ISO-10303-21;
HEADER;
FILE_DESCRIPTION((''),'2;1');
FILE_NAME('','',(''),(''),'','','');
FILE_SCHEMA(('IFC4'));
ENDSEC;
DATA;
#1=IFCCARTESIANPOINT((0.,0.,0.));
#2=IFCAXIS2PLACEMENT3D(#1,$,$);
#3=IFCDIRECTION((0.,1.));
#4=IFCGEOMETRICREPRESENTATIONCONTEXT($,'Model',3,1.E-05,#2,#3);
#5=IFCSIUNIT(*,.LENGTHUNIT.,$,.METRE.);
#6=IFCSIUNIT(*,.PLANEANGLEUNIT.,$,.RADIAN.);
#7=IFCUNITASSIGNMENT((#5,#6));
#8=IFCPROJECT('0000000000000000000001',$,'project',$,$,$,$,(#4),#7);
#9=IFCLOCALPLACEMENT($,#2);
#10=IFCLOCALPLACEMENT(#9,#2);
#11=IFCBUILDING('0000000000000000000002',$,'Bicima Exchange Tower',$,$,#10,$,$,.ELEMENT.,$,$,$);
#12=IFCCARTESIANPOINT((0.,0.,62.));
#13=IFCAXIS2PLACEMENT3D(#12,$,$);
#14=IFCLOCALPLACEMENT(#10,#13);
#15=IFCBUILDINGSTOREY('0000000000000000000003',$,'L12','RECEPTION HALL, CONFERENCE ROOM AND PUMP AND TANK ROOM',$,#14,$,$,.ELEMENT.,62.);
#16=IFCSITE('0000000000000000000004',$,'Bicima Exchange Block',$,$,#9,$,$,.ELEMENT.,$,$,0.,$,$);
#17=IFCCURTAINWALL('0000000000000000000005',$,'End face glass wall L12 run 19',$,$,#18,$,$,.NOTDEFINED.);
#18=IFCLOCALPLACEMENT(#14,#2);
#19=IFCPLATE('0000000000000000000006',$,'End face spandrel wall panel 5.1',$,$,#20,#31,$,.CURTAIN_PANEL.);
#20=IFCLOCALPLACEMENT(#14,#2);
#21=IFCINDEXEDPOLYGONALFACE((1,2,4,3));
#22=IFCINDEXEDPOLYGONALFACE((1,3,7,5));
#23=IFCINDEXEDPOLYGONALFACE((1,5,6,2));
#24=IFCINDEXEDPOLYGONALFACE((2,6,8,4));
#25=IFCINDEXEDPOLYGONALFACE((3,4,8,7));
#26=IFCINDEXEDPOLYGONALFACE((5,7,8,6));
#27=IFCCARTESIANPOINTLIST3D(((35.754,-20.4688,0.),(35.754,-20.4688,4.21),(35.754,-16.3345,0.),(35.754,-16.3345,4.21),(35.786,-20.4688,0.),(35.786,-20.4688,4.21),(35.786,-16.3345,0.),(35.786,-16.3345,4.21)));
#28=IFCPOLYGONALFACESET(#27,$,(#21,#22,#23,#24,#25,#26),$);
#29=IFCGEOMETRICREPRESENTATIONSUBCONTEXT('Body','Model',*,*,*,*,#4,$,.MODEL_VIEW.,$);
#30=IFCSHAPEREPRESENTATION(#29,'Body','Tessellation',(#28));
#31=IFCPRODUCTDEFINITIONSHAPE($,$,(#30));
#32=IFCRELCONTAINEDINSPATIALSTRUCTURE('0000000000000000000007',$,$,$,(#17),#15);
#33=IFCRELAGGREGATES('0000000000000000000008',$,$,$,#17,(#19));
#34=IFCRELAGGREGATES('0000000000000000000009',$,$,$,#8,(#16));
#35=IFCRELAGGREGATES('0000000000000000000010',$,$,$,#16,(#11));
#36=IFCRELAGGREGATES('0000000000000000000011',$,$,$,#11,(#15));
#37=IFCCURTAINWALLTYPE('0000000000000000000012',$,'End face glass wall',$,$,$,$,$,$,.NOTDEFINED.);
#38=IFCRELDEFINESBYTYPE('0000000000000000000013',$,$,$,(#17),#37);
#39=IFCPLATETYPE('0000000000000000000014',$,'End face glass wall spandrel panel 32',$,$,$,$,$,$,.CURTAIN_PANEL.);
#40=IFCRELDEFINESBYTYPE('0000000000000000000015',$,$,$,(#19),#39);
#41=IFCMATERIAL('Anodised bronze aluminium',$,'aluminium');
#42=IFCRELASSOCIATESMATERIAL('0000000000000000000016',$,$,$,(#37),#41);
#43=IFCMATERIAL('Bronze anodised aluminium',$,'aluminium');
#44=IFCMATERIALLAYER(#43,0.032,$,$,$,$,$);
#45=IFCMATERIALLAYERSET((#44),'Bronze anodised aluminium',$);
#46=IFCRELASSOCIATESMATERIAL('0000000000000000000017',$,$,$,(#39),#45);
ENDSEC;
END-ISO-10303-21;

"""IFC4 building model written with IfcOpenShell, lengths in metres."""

from ifc_helpers import new_model, si_unit, direction, frame, origin, origin_2d, place, context, subcontext, project, spatial, rectangle, extrude, material, layer, layer_set, type_object, element, aggregate, save


model = new_model("IFC4")

# Units and contexts
model_context = context("Model", 3, precision=1e-05, world=origin(), true_north=direction((0.0, 1.0)))
body_context = subcontext(model_context, "Body", "Model", "MODEL_VIEW")
ifc_project = project(units=[si_unit("LENGTHUNIT", "METRE"), si_unit("PLANEANGLEUNIT", "RADIAN")], contexts=[model_context])

# Site, building, storey
site_placement = place(None, origin())
site = spatial("IfcSite", under=ifc_project, at=site_placement, Name="Bicima Exchange Block", CompositionType="ELEMENT", RefElevation=0.0)
building_placement = place(site_placement, origin())
building = spatial("IfcBuilding", under=site, at=building_placement, Name="Bicima Exchange Tower", CompositionType="ELEMENT")
storey_placement = place(building_placement, frame((0.0, 0.0, 62.0)))
storey = spatial("IfcBuildingStorey", under=building, at=storey_placement, Name="L12", Description="RECEPTION HALL, CONFERENCE ROOM AND PUMP AND TANK ROOM", CompositionType="ELEMENT", Elevation=62.0)

# Curtain wall
ifc_material_1 = material(Name="Anodised bronze aluminium", Category="aluminium")
curtain_wall_type = type_object("IfcCurtainWallType", Name="End face glass wall", PredefinedType="NOTDEFINED", material=ifc_material_1)
curtain_wall_placement = place(storey_placement, origin())
curtain_wall = element("IfcCurtainWall", 1, at=curtain_wall_placement, inside=storey, type_object=curtain_wall_type, Name="End face glass wall L12 run 19", PredefinedType="NOTDEFINED")

# Plate
ifc_material_2 = material(Name="Bronze anodised aluminium", Category="aluminium")
ifc_layer_1 = layer(ifc_material_2, 0.032)
ifc_layer_set_1 = layer_set([ifc_layer_1], Name="Bronze anodised aluminium")
plate_type_1 = type_object("IfcPlateType", Name="End face glass wall spandrel panel 32", PredefinedType="CURTAIN_PANEL", material=ifc_layer_set_1)
plate_1_placement = place(storey_placement, frame((35.77, -18.4016, 0.0), z_axis=(0.0, 0.0, 1.0), x_axis=(0.0, 1.0, 0.0)))
plate_1 = element("IfcPlate", 2, at=plate_1_placement, type_object=plate_type_1, Name="End face spandrel wall panel 5.1", PredefinedType="CURTAIN_PANEL", context=body_context, shape_type="SweptSolid", body=[
    extrude(rectangle(XDim=4.1343, YDim=0.032, at=origin_2d()), origin(), (0.0, 0.0, 1.0), 4.21),
])
aggregate(curtain_wall, [plate_1])

save(model, "model.ifc")
